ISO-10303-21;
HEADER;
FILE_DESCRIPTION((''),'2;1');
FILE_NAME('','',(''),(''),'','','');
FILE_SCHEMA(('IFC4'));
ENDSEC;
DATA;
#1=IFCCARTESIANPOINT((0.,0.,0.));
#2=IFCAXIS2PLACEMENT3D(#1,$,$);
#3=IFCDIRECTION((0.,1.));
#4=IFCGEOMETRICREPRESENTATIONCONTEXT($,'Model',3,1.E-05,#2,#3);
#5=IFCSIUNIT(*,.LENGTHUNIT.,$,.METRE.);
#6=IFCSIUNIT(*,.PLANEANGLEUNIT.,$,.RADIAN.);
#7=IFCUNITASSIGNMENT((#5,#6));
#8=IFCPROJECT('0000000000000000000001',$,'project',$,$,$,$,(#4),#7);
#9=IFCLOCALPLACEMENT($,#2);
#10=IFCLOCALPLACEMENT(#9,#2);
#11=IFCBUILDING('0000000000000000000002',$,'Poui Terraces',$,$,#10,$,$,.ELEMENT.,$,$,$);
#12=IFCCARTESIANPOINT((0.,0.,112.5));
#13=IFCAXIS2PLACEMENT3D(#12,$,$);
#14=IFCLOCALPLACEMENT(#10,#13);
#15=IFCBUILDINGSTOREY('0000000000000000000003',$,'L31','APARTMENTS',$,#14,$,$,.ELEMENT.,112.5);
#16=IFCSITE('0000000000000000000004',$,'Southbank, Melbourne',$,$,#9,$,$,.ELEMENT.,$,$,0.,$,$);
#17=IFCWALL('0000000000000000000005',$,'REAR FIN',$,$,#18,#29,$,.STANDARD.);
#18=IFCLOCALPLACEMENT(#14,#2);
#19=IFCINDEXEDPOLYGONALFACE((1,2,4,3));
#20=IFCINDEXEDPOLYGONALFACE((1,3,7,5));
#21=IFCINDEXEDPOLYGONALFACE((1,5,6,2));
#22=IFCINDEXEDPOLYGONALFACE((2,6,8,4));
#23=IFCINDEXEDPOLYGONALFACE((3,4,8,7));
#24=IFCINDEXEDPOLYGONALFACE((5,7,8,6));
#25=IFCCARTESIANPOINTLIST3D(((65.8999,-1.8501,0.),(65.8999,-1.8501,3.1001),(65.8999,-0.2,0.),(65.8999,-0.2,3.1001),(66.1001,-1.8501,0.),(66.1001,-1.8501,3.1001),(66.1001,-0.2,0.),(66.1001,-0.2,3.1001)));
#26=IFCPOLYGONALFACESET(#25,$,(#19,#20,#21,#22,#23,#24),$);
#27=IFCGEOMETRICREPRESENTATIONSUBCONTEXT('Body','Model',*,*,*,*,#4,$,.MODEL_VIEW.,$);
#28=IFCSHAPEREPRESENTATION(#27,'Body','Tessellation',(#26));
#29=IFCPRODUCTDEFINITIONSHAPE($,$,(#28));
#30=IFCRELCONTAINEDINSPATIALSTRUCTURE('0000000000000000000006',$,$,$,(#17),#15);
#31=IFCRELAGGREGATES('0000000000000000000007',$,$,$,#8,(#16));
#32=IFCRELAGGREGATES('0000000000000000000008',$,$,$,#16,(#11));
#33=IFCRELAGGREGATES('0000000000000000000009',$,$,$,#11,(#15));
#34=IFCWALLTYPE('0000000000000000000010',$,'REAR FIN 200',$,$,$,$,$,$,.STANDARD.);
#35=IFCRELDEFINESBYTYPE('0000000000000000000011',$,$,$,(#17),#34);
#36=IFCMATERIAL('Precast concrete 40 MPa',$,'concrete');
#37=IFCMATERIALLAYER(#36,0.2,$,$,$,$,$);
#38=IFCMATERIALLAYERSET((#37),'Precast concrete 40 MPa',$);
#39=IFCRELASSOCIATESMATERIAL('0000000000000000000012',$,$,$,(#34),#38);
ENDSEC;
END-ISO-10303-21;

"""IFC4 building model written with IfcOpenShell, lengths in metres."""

from ifc_helpers import new_model, si_unit, direction, frame, origin, place, context, subcontext, project, spatial, polyline, outline, extrude, source, transform, mapped, material, layer, layer_set, type_object, element, save


model = new_model("IFC4")

# Units and contexts
model_context = context("Model", 3, precision=1e-05, world=origin(), true_north=direction((0.0, 1.0)))
body_context = subcontext(model_context, "Body", "Model", "MODEL_VIEW")
ifc_project = project(units=[si_unit("LENGTHUNIT", "METRE"), si_unit("PLANEANGLEUNIT", "RADIAN")], contexts=[model_context])

# Site, building, storey
site_placement = place(None, origin())
site = spatial("IfcSite", under=ifc_project, at=site_placement, Name="Southbank, Melbourne", CompositionType="ELEMENT", RefElevation=0.0)
building_placement = place(site_placement, origin())
building = spatial("IfcBuilding", under=site, at=building_placement, Name="Poui Terraces", CompositionType="ELEMENT")
storey_placement = place(building_placement, frame((0.0, 0.0, 112.5)))
storey = spatial("IfcBuildingStorey", under=building, at=storey_placement, Name="L31", Description="APARTMENTS", CompositionType="ELEMENT", Elevation=112.5)

# Shared definitions
ifc_material_1 = material(Name="Precast concrete 40 MPa", Category="concrete")

# Wall
ifc_layer_1 = layer(ifc_material_1, 0.2)
ifc_layer_set_1 = layer_set([ifc_layer_1], Name="Precast concrete 40 MPa")
wall_type_1 = type_object("IfcWallType", Name="REAR FIN 200", PredefinedType="STANDARD", material=ifc_layer_set_1)
shared_shape_1 = source(origin(), body_context, "Body", "SweptSolid", [
    extrude(outline(polyline([(0.0, 0.0), (0.2002, 0.0), (0.2002, 1.6501), (0.0, 1.6501), (0.0, 0.0)])), origin(), (0.0, 0.0, 1.0), 3.1001),
])
for number, where, name in (
    (1, (65.8999, -1.8501, 0.0), "REAR FIN"),
):
    element("IfcWall", number, at=place(storey_placement, frame(where)), inside=storey, type_object=wall_type_1, Name=name, PredefinedType="STANDARD", context=body_context, shape_type="MappedRepresentation", body=[
        mapped(shared_shape_1, transform((0.0, 0.0, 0.0))),
    ])

save(model, "model.ifc")
